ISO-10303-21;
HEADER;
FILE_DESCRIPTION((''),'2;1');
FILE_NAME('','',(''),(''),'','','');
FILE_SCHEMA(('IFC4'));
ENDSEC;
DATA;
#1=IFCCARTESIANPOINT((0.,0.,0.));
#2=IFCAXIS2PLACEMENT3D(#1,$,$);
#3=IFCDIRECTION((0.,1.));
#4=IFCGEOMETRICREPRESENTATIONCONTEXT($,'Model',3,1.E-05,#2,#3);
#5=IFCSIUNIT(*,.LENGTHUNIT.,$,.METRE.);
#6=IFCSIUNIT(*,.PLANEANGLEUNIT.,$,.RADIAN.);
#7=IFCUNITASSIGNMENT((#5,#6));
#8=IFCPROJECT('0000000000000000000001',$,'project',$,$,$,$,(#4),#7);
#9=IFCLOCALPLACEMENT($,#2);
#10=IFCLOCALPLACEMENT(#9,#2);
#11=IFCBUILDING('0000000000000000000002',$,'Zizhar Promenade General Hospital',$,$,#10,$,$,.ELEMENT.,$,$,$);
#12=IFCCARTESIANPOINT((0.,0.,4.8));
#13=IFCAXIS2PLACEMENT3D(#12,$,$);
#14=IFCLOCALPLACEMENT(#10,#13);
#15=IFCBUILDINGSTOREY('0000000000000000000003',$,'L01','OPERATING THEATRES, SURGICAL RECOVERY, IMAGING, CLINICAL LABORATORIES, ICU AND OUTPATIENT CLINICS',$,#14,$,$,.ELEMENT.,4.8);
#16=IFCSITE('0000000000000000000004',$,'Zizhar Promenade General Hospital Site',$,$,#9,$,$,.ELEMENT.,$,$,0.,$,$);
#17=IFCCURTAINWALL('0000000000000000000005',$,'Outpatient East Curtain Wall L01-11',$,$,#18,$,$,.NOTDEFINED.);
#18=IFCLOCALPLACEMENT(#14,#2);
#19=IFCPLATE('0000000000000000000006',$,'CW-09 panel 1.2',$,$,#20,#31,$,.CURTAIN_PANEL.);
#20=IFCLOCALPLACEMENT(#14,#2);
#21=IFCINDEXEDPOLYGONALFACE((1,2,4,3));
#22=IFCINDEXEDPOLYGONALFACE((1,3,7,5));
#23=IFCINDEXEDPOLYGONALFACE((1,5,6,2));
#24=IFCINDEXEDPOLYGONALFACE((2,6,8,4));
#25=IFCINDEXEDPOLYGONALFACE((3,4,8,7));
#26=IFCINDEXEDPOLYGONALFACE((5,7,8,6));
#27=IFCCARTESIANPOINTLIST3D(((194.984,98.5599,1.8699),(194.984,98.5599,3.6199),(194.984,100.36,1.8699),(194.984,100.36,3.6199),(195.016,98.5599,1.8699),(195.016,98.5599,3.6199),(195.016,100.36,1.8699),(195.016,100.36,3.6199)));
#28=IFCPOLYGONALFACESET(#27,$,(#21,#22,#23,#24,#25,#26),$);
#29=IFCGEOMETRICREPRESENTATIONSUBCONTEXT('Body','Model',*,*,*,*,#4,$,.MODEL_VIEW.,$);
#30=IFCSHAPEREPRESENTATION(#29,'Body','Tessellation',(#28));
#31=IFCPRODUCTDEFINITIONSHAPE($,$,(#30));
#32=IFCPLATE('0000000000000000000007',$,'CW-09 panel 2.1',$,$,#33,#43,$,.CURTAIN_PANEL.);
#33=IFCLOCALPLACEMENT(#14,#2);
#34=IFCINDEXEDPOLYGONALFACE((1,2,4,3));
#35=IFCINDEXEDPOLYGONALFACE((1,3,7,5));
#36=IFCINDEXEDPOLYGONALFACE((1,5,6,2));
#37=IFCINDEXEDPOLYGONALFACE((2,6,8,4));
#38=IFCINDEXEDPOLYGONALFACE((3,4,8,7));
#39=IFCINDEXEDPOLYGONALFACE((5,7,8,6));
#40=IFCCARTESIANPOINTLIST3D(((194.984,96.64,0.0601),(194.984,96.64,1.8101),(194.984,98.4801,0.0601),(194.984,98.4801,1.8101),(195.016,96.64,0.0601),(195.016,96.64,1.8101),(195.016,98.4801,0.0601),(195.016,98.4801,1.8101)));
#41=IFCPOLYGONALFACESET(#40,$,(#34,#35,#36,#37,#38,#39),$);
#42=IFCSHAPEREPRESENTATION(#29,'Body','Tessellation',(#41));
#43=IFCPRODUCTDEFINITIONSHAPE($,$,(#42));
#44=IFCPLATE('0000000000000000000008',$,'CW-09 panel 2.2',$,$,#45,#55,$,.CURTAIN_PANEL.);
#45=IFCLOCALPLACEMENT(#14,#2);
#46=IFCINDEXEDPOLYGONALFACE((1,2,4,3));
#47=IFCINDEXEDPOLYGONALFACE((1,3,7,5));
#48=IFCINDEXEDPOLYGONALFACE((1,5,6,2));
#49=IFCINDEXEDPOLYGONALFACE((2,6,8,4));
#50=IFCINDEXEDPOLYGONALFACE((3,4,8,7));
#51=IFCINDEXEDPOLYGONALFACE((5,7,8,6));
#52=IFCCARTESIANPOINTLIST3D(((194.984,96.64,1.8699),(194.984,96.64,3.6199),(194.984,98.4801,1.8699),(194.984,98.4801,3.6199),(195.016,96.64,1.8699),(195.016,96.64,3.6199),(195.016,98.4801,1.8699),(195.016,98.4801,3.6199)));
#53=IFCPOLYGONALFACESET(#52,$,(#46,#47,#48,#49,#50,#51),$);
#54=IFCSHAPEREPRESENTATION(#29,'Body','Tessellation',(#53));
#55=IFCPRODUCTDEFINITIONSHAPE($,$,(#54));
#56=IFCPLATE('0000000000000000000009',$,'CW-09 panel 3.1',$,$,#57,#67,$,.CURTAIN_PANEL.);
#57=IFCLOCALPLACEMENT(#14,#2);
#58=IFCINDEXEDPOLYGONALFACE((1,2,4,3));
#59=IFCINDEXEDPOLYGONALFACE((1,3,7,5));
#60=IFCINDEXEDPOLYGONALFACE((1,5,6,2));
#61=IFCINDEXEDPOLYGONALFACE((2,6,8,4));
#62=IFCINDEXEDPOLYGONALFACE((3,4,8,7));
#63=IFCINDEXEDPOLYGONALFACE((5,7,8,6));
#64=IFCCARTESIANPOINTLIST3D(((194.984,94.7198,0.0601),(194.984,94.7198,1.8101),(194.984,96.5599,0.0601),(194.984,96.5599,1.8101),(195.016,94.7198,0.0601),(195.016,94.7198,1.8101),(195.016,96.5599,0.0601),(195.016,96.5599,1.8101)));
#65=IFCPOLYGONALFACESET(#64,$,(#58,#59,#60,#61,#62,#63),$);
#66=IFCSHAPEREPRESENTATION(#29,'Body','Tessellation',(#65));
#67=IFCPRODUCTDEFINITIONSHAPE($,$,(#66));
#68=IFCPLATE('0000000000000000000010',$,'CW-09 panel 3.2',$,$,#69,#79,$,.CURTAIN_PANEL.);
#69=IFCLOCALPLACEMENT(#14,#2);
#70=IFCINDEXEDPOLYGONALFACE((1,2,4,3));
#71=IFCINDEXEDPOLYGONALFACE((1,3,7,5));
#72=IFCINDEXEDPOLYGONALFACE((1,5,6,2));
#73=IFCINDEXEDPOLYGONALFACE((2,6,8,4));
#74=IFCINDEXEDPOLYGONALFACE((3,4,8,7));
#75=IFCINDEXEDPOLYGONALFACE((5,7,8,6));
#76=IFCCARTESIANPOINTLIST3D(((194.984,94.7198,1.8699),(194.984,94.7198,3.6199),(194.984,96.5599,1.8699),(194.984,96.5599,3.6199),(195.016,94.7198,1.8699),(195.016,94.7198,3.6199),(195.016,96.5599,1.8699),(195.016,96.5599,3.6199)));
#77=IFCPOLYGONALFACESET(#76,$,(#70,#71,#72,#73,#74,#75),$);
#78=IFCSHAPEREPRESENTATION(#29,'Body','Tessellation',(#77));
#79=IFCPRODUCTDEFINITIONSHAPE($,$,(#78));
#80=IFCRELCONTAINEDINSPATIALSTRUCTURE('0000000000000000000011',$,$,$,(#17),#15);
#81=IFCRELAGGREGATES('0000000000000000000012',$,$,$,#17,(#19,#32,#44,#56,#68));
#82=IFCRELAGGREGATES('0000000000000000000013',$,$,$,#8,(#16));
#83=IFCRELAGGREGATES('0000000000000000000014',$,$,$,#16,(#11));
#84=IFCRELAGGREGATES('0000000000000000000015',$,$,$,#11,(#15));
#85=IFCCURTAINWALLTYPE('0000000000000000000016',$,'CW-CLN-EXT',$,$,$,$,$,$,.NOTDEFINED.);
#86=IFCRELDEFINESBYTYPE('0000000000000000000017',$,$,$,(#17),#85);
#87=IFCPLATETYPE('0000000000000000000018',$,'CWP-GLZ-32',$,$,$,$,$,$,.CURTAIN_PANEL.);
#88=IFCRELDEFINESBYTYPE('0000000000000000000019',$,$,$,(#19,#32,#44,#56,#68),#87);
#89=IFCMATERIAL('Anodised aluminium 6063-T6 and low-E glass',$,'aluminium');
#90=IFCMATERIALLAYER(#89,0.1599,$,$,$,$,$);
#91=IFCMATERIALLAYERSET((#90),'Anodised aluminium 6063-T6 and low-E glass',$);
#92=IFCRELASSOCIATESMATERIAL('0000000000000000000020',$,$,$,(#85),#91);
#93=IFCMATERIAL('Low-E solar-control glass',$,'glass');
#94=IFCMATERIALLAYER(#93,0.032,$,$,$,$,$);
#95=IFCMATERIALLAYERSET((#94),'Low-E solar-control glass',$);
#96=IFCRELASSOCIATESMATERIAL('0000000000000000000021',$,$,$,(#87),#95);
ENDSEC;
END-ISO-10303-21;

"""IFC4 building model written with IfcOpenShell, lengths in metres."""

from ifc_helpers import new_model, si_unit, direction, frame, origin, origin_2d, place, context, subcontext, project, spatial, rectangle, extrude, material, layer, layer_set, type_object, element, aggregate, save


model = new_model("IFC4")

# Units and contexts
model_context = context("Model", 3, precision=1e-05, world=origin(), true_north=direction((0.0, 1.0)))
body_context = subcontext(model_context, "Body", "Model", "MODEL_VIEW")
ifc_project = project(units=[si_unit("LENGTHUNIT", "METRE"), si_unit("PLANEANGLEUNIT", "RADIAN")], contexts=[model_context])

# Site, building, storey
site_placement = place(None, origin())
site = spatial("IfcSite", under=ifc_project, at=site_placement, Name="Zizhar Promenade General Hospital Site", CompositionType="ELEMENT", RefElevation=0.0)
building_placement = place(site_placement, origin())
building = spatial("IfcBuilding", under=site, at=building_placement, Name="Zizhar Promenade General Hospital", CompositionType="ELEMENT")
storey_placement = place(building_placement, frame((0.0, 0.0, 4.8)))
storey = spatial("IfcBuildingStorey", under=building, at=storey_placement, Name="L01", Description="OPERATING THEATRES, SURGICAL RECOVERY, IMAGING, CLINICAL LABORATORIES, ICU AND OUTPATIENT CLINICS", CompositionType="ELEMENT", Elevation=4.8)

# Curtain wall, plates
ifc_material_1 = material(Name="Anodised aluminium 6063-T6 and low-E glass", Category="aluminium")
ifc_layer_1 = layer(ifc_material_1, 0.1599)
ifc_layer_set_1 = layer_set([ifc_layer_1], Name="Anodised aluminium 6063-T6 and low-E glass")
curtain_wall_type = type_object("IfcCurtainWallType", Name="CW-CLN-EXT", PredefinedType="NOTDEFINED", material=ifc_layer_set_1)
curtain_wall_placement = place(storey_placement, origin())
curtain_wall = element("IfcCurtainWall", 1, at=curtain_wall_placement, inside=storey, type_object=curtain_wall_type, Name="Outpatient East Curtain Wall L01-11", PredefinedType="NOTDEFINED")
ifc_material_2 = material(Name="Low-E solar-control glass", Category="glass")
ifc_layer_2 = layer(ifc_material_2, 0.032)
ifc_layer_set_2 = layer_set([ifc_layer_2], Name="Low-E solar-control glass")
plate_type = type_object("IfcPlateType", Name="CWP-GLZ-32", PredefinedType="CURTAIN_PANEL", material=ifc_layer_set_2)
plate_1_placement = place(storey_placement, frame((195.0, 99.46, 1.8699), z_axis=(0.0, 0.0, 1.0), x_axis=(0.0, -1.0, 0.0)))
plate_1 = element("IfcPlate", 2, at=plate_1_placement, type_object=plate_type, Name="CW-09 panel 1.2", PredefinedType="CURTAIN_PANEL", context=body_context, shape_type="SweptSolid", body=[
    extrude(rectangle(XDim=1.8, YDim=0.032, at=origin_2d()), origin(), (0.0, 0.0, 1.0), 1.75),
])
plate_2_placement = place(storey_placement, frame((195.0, 97.5601, 0.0601), z_axis=(0.0, 0.0, 1.0), x_axis=(0.0, -1.0, 0.0)))
plate_2 = element("IfcPlate", 3, at=plate_2_placement, type_object=plate_type, Name="CW-09 panel 2.1", PredefinedType="CURTAIN_PANEL", context=body_context, shape_type="SweptSolid", body=[
    extrude(rectangle(XDim=1.8401, YDim=0.032, at=origin_2d()), origin(), (0.0, 0.0, 1.0), 1.75),
])
plate_3_placement = place(storey_placement, frame((195.0, 97.5601, 1.8699), z_axis=(0.0, 0.0, 1.0), x_axis=(0.0, -1.0, 0.0)))
plate_3 = element("IfcPlate", 4, at=plate_3_placement, type_object=plate_type, Name="CW-09 panel 2.2", PredefinedType="CURTAIN_PANEL", context=body_context, shape_type="SweptSolid", body=[
    extrude(rectangle(XDim=1.8401, YDim=0.032, at=origin_2d()), origin(), (0.0, 0.0, 1.0), 1.75),
])
plate_4_placement = place(storey_placement, frame((195.0, 95.6399, 0.0601), z_axis=(0.0, 0.0, 1.0), x_axis=(0.0, -1.0, 0.0)))
plate_4 = element("IfcPlate", 5, at=plate_4_placement, type_object=plate_type, Name="CW-09 panel 3.1", PredefinedType="CURTAIN_PANEL", context=body_context, shape_type="SweptSolid", body=[
    extrude(rectangle(XDim=1.8401, YDim=0.032, at=origin_2d()), origin(), (0.0, 0.0, 1.0), 1.75),
])
plate_5_placement = place(storey_placement, frame((195.0, 95.6399, 1.8699), z_axis=(0.0, 0.0, 1.0), x_axis=(0.0, -1.0, 0.0)))
plate_5 = element("IfcPlate", 6, at=plate_5_placement, type_object=plate_type, Name="CW-09 panel 3.2", PredefinedType="CURTAIN_PANEL", context=body_context, shape_type="SweptSolid", body=[
    extrude(rectangle(XDim=1.8401, YDim=0.032, at=origin_2d()), origin(), (0.0, 0.0, 1.0), 1.75),
])
aggregate(curtain_wall, [plate_1, plate_2, plate_3, plate_4, plate_5])

save(model, "model.ifc")
